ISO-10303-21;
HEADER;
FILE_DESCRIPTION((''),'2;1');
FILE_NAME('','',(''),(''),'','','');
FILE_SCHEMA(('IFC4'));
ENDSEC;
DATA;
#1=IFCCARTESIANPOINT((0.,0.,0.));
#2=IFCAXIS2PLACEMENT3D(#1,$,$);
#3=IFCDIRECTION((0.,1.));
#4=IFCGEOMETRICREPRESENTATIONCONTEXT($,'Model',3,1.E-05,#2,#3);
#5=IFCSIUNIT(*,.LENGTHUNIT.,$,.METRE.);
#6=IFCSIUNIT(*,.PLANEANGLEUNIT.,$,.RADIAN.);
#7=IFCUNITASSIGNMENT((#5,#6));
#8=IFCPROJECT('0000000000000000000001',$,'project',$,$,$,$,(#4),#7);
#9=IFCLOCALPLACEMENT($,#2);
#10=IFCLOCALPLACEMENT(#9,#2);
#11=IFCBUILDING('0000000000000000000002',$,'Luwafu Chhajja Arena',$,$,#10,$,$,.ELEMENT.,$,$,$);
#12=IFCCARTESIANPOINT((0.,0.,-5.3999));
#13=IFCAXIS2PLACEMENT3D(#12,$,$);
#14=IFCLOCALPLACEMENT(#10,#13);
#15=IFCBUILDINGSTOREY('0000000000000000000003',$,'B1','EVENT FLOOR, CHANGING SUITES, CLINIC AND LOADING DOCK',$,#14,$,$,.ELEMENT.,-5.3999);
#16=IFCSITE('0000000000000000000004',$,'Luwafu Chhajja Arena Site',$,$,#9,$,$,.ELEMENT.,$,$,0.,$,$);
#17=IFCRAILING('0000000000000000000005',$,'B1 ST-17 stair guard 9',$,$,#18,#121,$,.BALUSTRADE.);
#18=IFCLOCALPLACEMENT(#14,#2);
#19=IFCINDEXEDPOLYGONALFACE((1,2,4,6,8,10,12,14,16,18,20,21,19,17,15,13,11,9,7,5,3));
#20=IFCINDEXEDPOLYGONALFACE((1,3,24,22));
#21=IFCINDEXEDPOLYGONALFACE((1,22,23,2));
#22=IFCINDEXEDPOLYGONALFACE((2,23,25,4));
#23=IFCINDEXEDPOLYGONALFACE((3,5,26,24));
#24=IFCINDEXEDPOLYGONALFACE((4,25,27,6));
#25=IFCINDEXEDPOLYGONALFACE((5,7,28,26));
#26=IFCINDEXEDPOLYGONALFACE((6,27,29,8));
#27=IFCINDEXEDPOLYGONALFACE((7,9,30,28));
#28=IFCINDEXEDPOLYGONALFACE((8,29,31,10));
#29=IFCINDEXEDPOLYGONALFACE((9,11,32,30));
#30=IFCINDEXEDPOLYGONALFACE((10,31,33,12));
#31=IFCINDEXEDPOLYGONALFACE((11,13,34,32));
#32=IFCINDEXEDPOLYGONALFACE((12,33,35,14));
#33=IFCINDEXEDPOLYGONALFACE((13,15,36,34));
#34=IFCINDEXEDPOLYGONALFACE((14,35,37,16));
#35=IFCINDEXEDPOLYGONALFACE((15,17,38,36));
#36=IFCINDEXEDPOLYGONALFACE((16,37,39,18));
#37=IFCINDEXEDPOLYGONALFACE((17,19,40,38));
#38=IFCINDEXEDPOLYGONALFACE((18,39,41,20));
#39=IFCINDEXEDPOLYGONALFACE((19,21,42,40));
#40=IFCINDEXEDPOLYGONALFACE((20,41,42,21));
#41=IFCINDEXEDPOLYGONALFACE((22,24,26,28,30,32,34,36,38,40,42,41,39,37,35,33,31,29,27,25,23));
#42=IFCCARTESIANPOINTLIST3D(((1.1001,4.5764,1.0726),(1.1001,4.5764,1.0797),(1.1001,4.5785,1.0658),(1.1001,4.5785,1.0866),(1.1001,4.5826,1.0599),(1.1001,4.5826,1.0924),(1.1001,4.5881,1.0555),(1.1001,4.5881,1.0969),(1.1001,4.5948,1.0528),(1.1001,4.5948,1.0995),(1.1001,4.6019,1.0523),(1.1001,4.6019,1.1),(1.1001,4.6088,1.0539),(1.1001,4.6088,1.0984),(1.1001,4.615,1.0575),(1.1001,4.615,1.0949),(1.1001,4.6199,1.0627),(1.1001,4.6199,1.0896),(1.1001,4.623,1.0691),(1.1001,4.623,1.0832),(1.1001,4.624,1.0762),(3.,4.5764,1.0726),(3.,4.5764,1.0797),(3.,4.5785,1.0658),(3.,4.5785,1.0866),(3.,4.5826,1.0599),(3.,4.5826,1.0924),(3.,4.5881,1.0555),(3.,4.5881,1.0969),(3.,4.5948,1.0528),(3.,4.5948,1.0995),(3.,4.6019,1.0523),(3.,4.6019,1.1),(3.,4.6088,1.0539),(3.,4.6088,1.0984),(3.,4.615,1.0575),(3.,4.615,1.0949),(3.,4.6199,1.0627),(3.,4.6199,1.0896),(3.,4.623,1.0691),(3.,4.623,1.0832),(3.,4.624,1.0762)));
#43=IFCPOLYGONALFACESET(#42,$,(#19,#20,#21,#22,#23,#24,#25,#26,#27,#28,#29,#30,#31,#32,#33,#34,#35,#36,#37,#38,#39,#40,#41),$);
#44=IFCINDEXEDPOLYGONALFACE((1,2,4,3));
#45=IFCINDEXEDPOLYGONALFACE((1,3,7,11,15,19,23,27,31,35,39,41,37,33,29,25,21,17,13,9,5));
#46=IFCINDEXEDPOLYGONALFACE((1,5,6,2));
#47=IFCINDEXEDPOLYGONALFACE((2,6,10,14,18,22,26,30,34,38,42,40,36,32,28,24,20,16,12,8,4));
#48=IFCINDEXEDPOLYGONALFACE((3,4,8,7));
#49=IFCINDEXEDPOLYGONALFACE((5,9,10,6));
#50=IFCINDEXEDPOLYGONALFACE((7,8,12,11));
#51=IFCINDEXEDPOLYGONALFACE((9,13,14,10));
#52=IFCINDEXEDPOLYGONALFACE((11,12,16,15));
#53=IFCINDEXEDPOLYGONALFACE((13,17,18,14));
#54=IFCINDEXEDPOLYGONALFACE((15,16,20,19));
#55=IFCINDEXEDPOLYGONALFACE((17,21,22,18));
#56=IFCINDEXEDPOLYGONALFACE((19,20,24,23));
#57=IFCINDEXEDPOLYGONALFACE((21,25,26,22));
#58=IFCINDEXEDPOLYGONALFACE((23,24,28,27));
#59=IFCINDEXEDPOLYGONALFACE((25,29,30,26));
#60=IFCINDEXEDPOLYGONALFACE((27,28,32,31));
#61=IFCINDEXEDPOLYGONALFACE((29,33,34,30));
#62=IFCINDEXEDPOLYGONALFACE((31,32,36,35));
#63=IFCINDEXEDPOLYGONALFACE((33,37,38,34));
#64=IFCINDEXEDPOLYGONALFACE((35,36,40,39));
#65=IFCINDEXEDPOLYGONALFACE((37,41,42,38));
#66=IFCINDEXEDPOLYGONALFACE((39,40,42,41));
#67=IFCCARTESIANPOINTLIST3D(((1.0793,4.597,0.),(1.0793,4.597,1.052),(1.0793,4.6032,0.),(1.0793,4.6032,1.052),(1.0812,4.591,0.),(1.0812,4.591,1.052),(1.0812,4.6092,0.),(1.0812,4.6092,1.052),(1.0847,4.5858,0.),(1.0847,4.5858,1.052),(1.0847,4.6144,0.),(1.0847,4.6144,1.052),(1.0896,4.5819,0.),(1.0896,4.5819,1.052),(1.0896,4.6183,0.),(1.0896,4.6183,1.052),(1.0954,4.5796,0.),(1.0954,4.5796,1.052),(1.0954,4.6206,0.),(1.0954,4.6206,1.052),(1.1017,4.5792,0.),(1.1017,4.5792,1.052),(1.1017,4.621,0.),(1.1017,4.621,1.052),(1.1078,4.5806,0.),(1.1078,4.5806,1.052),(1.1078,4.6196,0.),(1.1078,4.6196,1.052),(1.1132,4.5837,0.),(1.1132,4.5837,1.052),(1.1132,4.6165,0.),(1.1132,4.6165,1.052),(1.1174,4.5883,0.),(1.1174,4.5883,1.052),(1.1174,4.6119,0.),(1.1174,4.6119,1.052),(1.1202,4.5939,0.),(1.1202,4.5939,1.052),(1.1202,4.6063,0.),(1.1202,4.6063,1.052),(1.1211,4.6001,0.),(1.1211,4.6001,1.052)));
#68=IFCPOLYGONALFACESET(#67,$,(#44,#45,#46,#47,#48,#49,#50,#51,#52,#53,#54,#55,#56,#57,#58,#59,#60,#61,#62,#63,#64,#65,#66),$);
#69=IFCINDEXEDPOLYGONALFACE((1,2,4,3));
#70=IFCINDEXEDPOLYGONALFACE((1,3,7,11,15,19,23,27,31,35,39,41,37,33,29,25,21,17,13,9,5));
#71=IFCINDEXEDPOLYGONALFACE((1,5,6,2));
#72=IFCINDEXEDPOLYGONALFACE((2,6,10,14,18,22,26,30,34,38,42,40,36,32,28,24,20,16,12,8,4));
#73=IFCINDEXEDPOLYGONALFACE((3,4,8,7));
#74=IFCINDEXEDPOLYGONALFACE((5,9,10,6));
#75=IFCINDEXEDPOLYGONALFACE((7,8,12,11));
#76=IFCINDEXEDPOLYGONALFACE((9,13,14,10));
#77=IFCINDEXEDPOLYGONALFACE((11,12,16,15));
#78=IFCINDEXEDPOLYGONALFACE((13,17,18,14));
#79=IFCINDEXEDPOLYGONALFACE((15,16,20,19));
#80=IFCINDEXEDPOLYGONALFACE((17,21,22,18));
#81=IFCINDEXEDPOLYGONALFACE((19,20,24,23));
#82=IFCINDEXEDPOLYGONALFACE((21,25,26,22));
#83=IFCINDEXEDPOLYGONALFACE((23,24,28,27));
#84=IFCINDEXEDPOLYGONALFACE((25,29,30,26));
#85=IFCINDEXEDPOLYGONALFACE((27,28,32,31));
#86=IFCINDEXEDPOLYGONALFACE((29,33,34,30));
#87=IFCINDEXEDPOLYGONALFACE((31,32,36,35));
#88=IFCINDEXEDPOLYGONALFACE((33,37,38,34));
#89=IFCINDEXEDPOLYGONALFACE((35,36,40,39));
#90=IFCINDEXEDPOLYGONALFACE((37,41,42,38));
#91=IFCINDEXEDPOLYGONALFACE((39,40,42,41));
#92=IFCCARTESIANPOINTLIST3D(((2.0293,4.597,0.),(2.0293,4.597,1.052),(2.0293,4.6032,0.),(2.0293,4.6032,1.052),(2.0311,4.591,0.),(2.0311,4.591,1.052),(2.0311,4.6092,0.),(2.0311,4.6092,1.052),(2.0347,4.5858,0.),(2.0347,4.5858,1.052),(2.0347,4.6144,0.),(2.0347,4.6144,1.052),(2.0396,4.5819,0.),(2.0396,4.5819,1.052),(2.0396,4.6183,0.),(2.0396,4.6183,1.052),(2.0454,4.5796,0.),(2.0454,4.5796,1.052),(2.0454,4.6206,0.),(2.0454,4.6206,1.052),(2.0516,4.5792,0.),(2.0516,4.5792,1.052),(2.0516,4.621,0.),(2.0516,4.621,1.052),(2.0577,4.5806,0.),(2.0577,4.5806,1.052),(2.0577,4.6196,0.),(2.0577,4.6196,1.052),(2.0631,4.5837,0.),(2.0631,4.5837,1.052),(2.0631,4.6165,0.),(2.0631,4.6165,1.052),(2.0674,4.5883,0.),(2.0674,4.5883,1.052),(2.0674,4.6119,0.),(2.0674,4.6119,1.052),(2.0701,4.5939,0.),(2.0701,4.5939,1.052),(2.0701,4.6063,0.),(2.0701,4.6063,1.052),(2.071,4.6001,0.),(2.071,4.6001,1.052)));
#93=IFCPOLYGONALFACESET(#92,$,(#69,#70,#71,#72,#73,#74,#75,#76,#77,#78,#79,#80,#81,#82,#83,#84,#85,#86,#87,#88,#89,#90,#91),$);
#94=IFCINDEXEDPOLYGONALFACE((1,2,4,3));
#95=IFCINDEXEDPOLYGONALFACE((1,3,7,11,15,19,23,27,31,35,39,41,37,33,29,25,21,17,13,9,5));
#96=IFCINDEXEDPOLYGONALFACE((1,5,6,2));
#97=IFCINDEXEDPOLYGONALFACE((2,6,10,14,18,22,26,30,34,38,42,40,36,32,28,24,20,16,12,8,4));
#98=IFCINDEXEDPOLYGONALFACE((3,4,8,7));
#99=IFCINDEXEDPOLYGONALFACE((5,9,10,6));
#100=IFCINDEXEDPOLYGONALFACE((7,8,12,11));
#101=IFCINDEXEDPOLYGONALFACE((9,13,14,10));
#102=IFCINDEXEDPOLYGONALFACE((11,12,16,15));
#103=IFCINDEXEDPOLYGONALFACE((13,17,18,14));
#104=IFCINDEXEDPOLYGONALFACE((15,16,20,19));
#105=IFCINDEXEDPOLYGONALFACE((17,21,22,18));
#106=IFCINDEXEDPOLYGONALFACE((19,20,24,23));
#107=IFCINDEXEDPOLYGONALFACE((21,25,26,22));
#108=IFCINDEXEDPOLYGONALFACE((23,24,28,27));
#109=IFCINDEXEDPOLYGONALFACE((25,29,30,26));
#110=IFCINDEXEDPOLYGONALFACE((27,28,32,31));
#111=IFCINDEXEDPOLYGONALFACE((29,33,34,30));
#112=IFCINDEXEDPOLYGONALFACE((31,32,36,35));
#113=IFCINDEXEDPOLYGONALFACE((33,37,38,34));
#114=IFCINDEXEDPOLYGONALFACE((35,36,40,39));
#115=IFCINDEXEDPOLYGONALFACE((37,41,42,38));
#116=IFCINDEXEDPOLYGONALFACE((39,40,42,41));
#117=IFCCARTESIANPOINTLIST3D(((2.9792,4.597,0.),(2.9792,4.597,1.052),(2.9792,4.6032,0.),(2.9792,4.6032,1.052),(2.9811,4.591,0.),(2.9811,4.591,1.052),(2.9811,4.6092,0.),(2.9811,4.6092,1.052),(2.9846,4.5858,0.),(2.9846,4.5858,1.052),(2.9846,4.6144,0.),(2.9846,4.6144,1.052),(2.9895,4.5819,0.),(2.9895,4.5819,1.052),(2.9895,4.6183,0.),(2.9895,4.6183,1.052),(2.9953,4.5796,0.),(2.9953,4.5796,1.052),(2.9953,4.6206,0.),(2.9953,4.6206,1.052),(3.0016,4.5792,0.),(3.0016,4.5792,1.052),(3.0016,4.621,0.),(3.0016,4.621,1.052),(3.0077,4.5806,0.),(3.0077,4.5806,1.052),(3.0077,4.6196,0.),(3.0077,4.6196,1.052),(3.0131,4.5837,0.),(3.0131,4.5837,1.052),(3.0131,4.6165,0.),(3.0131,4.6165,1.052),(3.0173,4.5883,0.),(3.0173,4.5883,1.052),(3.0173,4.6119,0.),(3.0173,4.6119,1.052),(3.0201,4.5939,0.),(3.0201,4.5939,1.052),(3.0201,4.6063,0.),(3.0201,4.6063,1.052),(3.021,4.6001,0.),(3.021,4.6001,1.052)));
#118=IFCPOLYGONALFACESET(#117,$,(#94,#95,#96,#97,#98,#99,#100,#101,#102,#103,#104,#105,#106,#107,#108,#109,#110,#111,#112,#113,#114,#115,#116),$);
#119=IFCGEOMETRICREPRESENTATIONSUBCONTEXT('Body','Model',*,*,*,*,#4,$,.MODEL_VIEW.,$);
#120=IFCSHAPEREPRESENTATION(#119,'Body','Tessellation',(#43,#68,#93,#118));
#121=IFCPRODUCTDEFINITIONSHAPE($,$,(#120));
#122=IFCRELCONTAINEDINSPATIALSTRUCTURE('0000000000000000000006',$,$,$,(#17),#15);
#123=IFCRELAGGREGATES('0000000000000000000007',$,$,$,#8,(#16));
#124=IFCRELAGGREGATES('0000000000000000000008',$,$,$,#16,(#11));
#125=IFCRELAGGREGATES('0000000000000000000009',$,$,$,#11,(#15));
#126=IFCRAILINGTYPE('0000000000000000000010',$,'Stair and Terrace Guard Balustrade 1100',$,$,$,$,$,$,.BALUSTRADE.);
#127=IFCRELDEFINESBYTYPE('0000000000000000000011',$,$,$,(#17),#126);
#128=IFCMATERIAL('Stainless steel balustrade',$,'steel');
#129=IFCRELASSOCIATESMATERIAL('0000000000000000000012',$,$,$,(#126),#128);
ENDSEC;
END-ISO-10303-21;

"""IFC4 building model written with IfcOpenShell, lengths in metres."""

from ifc_helpers import new_model, si_unit, direction, frame, origin, origin_2d, place, context, subcontext, project, spatial, circle, extrude, material, type_object, element, save


model = new_model("IFC4")

# Units and contexts
model_context = context("Model", 3, precision=1e-05, world=origin(), true_north=direction((0.0, 1.0)))
body_context = subcontext(model_context, "Body", "Model", "MODEL_VIEW")
ifc_project = project(units=[si_unit("LENGTHUNIT", "METRE"), si_unit("PLANEANGLEUNIT", "RADIAN")], contexts=[model_context])

# Site, building, storey
site_placement = place(None, origin())
site = spatial("IfcSite", under=ifc_project, at=site_placement, Name="Luwafu Chhajja Arena Site", CompositionType="ELEMENT", RefElevation=0.0)
building_placement = place(site_placement, origin())
building = spatial("IfcBuilding", under=site, at=building_placement, Name="Luwafu Chhajja Arena", CompositionType="ELEMENT")
storey_placement = place(building_placement, frame((0.0, 0.0, -5.3999)))
storey = spatial("IfcBuildingStorey", under=building, at=storey_placement, Name="B1", Description="EVENT FLOOR, CHANGING SUITES, CLINIC AND LOADING DOCK", CompositionType="ELEMENT", Elevation=-5.3999)

# Railing
ifc_material_1 = material(Name="Stainless steel balustrade", Category="steel")
railing_type_1 = type_object("IfcRailingType", Name="Stair and Terrace Guard Balustrade 1100", PredefinedType="BALUSTRADE", material=ifc_material_1)
for number, where, name in (
    (1, (1.1001, 4.6001, 0.0), "B1 ST-17 stair guard 9"),
):
    element("IfcRailing", number, at=place(storey_placement, frame(where)), inside=storey, type_object=railing_type_1, Name=name, PredefinedType="BALUSTRADE", context=body_context, shape_type="SweptSolid", body=[
        extrude(circle(Radius=0.0239, at=origin_2d()), frame((0.0, 0.0, 1.0762), z_axis=(1.0, 0.0, 0.0), x_axis=(0.0, 1.0, 0.0)), (0.0, 0.0, 1.0), 1.8999),
        extrude(circle(Radius=0.021, at=origin_2d()), origin(), (0.0, 0.0, 1.0), 1.052),
        extrude(circle(Radius=0.021, at=origin_2d()), frame((0.95, 0.0, 0.0)), (0.0, 0.0, 1.0), 1.052),
        extrude(circle(Radius=0.021, at=origin_2d()), frame((1.8999, 0.0, 0.0)), (0.0, 0.0, 1.0), 1.052),
    ])

save(model, "model.ifc")
